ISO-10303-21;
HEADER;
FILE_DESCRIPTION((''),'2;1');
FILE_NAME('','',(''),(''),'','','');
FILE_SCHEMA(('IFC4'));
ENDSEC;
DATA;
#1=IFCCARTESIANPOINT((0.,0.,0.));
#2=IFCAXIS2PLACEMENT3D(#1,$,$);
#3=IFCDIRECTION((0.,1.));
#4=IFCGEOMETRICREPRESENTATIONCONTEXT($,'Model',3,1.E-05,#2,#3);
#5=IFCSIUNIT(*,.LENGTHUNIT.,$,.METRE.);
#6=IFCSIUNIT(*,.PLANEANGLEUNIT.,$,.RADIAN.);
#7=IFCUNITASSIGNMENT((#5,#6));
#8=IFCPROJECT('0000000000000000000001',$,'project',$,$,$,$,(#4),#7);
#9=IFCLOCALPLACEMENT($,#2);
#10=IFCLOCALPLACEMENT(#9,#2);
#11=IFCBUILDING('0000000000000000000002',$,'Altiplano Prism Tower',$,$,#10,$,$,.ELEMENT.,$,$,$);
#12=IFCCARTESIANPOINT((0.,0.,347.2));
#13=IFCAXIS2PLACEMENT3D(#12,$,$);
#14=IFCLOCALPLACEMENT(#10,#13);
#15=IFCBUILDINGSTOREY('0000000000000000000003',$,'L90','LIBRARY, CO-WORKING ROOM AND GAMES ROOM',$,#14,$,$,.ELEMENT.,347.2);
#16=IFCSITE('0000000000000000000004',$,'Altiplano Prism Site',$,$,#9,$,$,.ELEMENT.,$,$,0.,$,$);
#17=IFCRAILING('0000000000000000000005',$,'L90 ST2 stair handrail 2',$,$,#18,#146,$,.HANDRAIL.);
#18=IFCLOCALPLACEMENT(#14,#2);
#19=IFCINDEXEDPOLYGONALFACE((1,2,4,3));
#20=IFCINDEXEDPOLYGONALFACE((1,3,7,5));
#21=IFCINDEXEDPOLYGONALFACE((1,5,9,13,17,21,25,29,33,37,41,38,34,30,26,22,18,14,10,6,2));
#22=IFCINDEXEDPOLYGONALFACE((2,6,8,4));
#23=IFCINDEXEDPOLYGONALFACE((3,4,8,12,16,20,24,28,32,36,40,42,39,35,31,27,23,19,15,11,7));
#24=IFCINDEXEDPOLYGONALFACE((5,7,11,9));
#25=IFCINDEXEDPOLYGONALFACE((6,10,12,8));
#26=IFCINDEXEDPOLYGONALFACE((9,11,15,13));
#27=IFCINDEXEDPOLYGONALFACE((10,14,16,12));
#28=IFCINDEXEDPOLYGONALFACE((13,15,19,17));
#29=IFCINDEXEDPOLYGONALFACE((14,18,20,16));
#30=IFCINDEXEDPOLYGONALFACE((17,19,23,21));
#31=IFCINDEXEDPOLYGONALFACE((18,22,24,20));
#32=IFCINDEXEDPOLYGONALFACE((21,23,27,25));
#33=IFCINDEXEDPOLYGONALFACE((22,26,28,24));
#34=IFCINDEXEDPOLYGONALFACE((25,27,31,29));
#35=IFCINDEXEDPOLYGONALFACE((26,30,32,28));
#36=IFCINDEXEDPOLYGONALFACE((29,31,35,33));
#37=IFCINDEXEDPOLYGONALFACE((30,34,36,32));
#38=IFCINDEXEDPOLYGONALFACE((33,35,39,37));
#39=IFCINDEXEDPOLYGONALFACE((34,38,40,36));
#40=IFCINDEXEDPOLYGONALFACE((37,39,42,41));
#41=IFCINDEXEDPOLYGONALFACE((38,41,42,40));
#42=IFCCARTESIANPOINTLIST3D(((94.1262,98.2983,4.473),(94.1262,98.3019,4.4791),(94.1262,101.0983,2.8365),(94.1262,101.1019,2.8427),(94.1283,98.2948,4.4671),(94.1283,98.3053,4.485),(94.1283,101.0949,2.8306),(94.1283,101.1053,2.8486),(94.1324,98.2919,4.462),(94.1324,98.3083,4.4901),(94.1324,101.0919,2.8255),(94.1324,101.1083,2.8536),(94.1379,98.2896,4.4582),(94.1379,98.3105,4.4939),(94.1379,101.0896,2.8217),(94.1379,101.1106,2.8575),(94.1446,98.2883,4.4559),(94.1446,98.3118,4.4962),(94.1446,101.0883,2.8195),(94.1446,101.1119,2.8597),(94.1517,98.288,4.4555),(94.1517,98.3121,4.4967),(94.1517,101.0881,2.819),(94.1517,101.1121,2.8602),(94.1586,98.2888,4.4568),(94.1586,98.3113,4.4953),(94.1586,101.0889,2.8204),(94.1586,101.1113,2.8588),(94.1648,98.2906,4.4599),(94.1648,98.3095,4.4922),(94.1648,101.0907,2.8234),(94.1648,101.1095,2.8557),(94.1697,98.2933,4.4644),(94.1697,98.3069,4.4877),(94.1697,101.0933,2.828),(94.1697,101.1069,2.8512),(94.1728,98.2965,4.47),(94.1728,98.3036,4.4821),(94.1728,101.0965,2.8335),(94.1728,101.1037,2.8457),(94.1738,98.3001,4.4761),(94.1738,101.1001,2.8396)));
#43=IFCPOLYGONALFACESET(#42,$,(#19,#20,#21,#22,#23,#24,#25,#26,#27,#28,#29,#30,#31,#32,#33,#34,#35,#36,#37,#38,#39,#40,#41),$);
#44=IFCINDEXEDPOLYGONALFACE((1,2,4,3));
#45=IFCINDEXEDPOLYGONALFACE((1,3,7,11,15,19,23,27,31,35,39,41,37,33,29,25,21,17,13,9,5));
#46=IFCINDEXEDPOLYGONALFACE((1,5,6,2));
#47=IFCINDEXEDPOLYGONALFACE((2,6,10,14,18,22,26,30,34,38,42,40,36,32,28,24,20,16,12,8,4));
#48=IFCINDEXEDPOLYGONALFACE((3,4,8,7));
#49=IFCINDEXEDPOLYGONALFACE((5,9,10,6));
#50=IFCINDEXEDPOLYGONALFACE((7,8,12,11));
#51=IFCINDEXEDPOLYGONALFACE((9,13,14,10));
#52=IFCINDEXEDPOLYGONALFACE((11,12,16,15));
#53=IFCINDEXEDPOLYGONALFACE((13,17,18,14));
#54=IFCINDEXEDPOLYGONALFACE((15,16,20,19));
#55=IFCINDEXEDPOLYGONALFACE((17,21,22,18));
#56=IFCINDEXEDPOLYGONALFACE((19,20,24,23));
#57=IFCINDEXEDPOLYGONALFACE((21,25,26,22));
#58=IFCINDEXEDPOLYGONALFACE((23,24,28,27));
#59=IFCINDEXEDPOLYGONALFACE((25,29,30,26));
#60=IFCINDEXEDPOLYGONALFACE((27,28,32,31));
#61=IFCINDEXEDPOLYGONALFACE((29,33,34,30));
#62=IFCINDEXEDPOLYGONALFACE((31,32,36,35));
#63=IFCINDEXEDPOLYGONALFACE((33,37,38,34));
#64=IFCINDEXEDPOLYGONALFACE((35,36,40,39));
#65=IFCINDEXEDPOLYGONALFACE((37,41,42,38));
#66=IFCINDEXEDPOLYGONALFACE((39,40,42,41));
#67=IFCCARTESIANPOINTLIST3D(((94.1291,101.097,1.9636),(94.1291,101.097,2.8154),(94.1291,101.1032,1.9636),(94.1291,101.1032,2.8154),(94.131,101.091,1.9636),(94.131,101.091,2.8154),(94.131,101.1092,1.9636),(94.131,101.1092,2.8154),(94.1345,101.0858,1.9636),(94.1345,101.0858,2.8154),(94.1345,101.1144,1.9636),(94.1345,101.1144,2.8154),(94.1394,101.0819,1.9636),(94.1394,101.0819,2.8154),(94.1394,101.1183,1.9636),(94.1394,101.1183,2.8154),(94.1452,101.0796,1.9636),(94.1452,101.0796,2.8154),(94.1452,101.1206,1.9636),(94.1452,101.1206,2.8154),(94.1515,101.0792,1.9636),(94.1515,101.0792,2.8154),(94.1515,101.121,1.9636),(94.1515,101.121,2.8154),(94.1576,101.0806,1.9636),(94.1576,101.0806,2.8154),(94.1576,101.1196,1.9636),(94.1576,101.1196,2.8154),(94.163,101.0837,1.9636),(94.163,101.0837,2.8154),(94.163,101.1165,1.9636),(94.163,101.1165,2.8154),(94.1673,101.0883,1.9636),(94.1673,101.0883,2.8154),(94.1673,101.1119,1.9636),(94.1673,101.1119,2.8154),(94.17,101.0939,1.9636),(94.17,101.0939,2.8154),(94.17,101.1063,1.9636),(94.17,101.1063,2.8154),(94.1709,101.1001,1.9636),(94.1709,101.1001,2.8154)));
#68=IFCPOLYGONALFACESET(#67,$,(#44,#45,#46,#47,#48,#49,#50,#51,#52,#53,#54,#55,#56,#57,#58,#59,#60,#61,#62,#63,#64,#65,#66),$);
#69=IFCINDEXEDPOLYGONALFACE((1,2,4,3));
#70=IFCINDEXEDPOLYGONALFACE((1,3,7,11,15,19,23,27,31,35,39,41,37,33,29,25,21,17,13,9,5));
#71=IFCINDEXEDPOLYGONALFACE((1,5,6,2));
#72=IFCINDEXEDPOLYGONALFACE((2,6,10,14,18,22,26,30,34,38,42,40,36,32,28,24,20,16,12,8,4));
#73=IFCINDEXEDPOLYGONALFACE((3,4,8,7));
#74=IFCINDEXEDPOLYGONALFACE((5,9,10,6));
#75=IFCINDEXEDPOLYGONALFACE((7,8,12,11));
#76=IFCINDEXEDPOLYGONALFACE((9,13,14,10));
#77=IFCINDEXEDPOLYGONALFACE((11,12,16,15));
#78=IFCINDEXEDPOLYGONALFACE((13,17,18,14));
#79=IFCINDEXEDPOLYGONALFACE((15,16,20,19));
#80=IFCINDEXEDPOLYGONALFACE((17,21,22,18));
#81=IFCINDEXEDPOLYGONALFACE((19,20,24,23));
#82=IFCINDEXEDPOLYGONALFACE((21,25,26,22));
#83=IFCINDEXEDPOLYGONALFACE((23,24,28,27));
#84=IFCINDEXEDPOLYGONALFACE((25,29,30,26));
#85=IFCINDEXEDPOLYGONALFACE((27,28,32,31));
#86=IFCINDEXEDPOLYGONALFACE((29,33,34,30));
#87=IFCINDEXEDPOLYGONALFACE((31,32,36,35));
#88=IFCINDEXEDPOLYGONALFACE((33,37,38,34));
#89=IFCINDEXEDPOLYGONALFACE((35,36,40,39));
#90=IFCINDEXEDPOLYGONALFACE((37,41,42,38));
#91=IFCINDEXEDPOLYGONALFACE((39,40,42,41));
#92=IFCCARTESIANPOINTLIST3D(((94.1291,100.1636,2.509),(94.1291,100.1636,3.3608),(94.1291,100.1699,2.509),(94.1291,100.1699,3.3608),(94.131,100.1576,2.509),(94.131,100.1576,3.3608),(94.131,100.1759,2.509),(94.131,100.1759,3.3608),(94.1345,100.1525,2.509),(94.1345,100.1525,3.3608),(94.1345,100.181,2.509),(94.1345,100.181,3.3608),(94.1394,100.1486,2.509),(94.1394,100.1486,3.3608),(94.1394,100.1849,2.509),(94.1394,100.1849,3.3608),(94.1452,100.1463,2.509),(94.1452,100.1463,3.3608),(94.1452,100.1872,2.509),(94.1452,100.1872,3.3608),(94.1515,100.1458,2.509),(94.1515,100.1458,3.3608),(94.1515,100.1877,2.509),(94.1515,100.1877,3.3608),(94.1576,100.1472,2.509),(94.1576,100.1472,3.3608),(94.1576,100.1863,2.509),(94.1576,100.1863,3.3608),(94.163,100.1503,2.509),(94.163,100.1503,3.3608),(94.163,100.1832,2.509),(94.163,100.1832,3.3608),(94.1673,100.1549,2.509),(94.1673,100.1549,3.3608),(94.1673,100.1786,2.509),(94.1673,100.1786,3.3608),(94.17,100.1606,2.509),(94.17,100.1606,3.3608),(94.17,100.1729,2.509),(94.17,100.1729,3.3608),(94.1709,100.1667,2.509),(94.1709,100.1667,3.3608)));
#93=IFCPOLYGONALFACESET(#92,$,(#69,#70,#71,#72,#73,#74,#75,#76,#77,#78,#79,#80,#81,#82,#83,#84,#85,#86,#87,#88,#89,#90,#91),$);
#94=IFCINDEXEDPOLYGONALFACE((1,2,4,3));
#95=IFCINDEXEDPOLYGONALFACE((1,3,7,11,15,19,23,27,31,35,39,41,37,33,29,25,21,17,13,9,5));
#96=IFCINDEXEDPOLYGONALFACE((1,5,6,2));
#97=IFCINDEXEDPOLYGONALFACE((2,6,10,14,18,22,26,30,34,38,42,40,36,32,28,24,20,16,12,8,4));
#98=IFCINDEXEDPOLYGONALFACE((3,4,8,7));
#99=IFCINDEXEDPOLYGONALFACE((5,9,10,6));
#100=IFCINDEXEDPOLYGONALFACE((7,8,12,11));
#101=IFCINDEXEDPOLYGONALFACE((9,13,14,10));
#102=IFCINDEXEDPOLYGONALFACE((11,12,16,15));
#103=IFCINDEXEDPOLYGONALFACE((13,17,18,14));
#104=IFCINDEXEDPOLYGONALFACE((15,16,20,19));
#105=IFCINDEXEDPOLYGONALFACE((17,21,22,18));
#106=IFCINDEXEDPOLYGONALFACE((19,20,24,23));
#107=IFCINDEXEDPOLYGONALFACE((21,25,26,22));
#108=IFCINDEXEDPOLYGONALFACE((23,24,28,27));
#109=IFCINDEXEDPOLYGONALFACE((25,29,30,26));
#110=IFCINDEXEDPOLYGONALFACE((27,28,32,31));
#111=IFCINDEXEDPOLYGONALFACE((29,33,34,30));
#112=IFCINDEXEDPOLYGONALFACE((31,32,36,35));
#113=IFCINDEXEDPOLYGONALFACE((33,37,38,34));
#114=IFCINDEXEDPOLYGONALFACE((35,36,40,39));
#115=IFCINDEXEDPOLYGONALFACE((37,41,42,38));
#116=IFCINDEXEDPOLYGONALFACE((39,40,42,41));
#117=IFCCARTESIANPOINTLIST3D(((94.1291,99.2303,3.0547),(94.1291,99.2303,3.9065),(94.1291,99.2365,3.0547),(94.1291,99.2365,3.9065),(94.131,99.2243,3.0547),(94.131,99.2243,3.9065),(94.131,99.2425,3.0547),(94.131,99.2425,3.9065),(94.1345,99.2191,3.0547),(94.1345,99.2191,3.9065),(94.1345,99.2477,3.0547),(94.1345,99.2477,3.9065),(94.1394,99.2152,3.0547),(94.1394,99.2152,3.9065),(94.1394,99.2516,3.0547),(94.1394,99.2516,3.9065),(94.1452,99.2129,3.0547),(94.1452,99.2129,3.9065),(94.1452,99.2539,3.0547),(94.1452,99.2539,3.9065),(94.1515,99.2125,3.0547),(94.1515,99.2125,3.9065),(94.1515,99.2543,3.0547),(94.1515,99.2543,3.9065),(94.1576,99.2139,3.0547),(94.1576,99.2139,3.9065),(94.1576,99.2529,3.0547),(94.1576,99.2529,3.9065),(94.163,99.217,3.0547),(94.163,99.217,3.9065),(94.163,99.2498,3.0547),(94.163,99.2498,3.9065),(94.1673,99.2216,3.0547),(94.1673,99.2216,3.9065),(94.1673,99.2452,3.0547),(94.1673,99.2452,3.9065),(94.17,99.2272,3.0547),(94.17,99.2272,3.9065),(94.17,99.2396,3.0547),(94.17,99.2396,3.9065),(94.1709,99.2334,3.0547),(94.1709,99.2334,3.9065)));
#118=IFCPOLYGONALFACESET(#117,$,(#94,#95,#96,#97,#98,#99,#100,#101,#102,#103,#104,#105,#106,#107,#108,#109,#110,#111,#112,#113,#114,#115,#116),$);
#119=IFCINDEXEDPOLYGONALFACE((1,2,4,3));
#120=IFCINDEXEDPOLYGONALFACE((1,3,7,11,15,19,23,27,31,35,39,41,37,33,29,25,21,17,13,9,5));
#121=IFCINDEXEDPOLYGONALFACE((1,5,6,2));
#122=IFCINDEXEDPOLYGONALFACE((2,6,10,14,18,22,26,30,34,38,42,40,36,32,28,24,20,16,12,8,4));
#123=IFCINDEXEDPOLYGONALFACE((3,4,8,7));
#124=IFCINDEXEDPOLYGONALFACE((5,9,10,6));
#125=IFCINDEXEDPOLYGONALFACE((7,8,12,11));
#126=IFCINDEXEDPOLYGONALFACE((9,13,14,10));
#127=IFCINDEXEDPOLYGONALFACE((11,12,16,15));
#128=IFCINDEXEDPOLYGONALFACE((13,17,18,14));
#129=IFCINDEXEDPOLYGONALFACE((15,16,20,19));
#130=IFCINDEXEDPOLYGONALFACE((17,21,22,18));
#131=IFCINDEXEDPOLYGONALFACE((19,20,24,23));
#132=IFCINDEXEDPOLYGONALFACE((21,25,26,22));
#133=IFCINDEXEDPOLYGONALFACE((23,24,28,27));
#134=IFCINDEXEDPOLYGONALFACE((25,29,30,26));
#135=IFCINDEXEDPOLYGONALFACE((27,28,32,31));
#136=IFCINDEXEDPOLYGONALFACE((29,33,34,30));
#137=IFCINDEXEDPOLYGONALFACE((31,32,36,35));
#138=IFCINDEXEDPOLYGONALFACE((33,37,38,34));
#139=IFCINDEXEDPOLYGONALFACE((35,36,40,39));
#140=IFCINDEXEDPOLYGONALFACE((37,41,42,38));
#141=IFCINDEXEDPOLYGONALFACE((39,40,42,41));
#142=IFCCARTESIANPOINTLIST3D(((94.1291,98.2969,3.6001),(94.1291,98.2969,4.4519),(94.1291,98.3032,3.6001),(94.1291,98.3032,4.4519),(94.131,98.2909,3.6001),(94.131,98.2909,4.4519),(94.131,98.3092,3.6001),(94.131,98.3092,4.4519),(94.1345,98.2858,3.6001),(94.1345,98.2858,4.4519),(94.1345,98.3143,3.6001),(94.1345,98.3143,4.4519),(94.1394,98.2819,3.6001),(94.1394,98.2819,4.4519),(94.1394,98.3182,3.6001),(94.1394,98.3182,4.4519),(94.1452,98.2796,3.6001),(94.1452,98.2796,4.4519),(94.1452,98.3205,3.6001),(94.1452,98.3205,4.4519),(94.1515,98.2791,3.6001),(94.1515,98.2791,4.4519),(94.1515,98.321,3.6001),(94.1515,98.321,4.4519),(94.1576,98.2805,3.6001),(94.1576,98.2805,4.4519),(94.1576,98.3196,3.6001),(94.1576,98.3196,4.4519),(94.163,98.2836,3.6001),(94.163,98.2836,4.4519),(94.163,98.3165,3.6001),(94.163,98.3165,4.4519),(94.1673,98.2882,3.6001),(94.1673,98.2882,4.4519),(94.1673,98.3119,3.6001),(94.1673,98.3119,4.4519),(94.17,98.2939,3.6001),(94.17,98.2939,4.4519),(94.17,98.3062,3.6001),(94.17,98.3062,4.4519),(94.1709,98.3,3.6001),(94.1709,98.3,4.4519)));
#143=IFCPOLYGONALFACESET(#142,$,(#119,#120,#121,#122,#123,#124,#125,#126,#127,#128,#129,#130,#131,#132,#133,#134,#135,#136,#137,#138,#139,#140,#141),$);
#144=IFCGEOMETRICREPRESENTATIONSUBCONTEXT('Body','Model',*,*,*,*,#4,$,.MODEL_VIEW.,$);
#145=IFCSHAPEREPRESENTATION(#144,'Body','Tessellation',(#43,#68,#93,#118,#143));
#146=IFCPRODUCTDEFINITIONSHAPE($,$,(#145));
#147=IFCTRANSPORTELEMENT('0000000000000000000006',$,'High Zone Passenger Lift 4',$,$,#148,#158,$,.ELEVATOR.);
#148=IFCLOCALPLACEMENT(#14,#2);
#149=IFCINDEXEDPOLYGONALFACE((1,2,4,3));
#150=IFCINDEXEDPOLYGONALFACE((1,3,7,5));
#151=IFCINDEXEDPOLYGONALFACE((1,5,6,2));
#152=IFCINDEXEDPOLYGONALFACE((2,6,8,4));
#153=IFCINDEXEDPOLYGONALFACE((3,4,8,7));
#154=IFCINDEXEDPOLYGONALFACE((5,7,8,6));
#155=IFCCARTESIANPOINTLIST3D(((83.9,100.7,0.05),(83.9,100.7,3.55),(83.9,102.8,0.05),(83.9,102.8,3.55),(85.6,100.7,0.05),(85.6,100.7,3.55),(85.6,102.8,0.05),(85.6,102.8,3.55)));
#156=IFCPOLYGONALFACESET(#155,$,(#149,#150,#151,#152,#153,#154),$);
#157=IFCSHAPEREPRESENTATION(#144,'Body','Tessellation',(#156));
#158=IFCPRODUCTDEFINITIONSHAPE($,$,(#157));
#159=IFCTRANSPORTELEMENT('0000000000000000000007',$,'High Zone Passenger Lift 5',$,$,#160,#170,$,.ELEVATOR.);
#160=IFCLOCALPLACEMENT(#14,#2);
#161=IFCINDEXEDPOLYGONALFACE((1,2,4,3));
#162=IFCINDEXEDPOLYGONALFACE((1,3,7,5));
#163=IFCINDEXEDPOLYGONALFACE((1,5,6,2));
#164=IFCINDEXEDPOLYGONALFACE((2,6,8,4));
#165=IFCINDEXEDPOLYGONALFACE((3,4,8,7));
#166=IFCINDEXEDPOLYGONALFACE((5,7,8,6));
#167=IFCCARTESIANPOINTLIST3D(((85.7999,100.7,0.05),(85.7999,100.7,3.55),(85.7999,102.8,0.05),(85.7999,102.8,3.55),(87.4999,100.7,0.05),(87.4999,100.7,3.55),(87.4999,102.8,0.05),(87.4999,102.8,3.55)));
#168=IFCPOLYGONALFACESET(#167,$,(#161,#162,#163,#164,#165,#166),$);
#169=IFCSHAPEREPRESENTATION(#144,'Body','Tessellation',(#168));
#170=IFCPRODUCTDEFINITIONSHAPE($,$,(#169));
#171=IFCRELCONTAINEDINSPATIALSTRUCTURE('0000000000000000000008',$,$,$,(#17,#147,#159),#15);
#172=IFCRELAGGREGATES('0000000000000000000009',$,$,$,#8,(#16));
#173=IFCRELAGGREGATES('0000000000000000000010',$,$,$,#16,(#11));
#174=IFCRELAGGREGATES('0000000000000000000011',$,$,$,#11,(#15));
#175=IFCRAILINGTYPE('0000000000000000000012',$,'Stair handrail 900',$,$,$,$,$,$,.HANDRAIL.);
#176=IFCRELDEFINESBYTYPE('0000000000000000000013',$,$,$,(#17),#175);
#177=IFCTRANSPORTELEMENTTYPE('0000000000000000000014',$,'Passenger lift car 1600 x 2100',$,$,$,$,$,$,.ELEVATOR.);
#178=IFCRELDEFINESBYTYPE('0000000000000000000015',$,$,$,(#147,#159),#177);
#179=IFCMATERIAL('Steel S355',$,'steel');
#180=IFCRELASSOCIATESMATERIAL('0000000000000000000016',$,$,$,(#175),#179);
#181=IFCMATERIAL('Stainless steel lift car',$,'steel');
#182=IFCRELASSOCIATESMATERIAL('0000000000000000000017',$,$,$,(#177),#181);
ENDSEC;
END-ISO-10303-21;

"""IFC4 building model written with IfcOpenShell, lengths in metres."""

from ifc_helpers import new_model, si_unit, direction, frame, origin, origin_2d, place, context, subcontext, project, spatial, rectangle, circle, extrude, material, type_object, element, save


model = new_model("IFC4")

# Units and contexts
model_context = context("Model", 3, precision=1e-05, world=origin(), true_north=direction((0.0, 1.0)))
body_context = subcontext(model_context, "Body", "Model", "MODEL_VIEW")
ifc_project = project(units=[si_unit("LENGTHUNIT", "METRE"), si_unit("PLANEANGLEUNIT", "RADIAN")], contexts=[model_context])

# Site, building, storey
site_placement = place(None, origin())
site = spatial("IfcSite", under=ifc_project, at=site_placement, Name="Altiplano Prism Site", CompositionType="ELEMENT", RefElevation=0.0)
building_placement = place(site_placement, origin())
building = spatial("IfcBuilding", under=site, at=building_placement, Name="Altiplano Prism Tower", CompositionType="ELEMENT")
storey_placement = place(building_placement, frame((0.0, 0.0, 347.2)))
storey = spatial("IfcBuildingStorey", under=building, at=storey_placement, Name="L90", Description="LIBRARY, CO-WORKING ROOM AND GAMES ROOM", CompositionType="ELEMENT", Elevation=347.2)

# Shared definitions
ifc_material_1 = material(Name="Steel S355", Category="steel")

# Railing
railing_type_1 = type_object("IfcRailingType", Name="Stair handrail 900", PredefinedType="HANDRAIL", material=ifc_material_1)
railing_1_placement = place(storey_placement, frame((94.1499, 101.1001, 1.9636)))
element("IfcRailing", 1, at=railing_1_placement, inside=storey, type_object=railing_type_1, Name="L90 ST2 stair handrail 2", PredefinedType="HANDRAIL", context=body_context, shape_type="SweptSolid", body=[
    extrude(circle(Radius=0.0239, at=origin_2d()), frame((0.0, 0.0, 0.876), z_axis=(0.0, -0.863361, 0.504587), x_axis=(1.0, 0.0, 0.0)), (0.0, 0.0, 1.0), 3.2432),
    extrude(circle(Radius=0.021, at=origin_2d()), origin(), (0.0, 0.0, 1.0), 0.8518),
    extrude(circle(Radius=0.021, at=origin_2d()), frame((0.0, -0.9333, 0.5454)), (0.0, 0.0, 1.0), 0.8518),
    extrude(circle(Radius=0.021, at=origin_2d()), frame((0.0, -1.8667, 1.0911)), (0.0, 0.0, 1.0), 0.8518),
    extrude(circle(Radius=0.021, at=origin_2d()), frame((0.0, -2.8, 1.6365)), (0.0, 0.0, 1.0), 0.8518),
])

# Transport elements
ifc_material_2 = material(Name="Stainless steel lift car", Category="steel")
transport_element_type = type_object("IfcTransportElementType", Name="Passenger lift car 1600 x 2100", PredefinedType="ELEVATOR", material=ifc_material_2)
for number, where, z_axis, x_axis, name in (
    (2, (84.75, 101.75, 0.05), (0.0, 0.0, 1.0), (1.0, 0.0, 0.0), "High Zone Passenger Lift 4"),
    (3, (86.6499, 101.75, 0.05), (0.0, 0.0, 1.0), (1.0, 0.0, 0.0), "High Zone Passenger Lift 5"),
):
    element("IfcTransportElement", number, at=place(storey_placement, frame(where, z_axis=z_axis, x_axis=x_axis)), inside=storey, type_object=transport_element_type, Name=name, PredefinedType="ELEVATOR", context=body_context, shape_type="SweptSolid", body=[
        extrude(rectangle(XDim=1.7, YDim=2.1001, at=origin_2d()), origin(), (0.0, 0.0, 1.0), 3.5),
    ])

save(model, "model.ifc")
